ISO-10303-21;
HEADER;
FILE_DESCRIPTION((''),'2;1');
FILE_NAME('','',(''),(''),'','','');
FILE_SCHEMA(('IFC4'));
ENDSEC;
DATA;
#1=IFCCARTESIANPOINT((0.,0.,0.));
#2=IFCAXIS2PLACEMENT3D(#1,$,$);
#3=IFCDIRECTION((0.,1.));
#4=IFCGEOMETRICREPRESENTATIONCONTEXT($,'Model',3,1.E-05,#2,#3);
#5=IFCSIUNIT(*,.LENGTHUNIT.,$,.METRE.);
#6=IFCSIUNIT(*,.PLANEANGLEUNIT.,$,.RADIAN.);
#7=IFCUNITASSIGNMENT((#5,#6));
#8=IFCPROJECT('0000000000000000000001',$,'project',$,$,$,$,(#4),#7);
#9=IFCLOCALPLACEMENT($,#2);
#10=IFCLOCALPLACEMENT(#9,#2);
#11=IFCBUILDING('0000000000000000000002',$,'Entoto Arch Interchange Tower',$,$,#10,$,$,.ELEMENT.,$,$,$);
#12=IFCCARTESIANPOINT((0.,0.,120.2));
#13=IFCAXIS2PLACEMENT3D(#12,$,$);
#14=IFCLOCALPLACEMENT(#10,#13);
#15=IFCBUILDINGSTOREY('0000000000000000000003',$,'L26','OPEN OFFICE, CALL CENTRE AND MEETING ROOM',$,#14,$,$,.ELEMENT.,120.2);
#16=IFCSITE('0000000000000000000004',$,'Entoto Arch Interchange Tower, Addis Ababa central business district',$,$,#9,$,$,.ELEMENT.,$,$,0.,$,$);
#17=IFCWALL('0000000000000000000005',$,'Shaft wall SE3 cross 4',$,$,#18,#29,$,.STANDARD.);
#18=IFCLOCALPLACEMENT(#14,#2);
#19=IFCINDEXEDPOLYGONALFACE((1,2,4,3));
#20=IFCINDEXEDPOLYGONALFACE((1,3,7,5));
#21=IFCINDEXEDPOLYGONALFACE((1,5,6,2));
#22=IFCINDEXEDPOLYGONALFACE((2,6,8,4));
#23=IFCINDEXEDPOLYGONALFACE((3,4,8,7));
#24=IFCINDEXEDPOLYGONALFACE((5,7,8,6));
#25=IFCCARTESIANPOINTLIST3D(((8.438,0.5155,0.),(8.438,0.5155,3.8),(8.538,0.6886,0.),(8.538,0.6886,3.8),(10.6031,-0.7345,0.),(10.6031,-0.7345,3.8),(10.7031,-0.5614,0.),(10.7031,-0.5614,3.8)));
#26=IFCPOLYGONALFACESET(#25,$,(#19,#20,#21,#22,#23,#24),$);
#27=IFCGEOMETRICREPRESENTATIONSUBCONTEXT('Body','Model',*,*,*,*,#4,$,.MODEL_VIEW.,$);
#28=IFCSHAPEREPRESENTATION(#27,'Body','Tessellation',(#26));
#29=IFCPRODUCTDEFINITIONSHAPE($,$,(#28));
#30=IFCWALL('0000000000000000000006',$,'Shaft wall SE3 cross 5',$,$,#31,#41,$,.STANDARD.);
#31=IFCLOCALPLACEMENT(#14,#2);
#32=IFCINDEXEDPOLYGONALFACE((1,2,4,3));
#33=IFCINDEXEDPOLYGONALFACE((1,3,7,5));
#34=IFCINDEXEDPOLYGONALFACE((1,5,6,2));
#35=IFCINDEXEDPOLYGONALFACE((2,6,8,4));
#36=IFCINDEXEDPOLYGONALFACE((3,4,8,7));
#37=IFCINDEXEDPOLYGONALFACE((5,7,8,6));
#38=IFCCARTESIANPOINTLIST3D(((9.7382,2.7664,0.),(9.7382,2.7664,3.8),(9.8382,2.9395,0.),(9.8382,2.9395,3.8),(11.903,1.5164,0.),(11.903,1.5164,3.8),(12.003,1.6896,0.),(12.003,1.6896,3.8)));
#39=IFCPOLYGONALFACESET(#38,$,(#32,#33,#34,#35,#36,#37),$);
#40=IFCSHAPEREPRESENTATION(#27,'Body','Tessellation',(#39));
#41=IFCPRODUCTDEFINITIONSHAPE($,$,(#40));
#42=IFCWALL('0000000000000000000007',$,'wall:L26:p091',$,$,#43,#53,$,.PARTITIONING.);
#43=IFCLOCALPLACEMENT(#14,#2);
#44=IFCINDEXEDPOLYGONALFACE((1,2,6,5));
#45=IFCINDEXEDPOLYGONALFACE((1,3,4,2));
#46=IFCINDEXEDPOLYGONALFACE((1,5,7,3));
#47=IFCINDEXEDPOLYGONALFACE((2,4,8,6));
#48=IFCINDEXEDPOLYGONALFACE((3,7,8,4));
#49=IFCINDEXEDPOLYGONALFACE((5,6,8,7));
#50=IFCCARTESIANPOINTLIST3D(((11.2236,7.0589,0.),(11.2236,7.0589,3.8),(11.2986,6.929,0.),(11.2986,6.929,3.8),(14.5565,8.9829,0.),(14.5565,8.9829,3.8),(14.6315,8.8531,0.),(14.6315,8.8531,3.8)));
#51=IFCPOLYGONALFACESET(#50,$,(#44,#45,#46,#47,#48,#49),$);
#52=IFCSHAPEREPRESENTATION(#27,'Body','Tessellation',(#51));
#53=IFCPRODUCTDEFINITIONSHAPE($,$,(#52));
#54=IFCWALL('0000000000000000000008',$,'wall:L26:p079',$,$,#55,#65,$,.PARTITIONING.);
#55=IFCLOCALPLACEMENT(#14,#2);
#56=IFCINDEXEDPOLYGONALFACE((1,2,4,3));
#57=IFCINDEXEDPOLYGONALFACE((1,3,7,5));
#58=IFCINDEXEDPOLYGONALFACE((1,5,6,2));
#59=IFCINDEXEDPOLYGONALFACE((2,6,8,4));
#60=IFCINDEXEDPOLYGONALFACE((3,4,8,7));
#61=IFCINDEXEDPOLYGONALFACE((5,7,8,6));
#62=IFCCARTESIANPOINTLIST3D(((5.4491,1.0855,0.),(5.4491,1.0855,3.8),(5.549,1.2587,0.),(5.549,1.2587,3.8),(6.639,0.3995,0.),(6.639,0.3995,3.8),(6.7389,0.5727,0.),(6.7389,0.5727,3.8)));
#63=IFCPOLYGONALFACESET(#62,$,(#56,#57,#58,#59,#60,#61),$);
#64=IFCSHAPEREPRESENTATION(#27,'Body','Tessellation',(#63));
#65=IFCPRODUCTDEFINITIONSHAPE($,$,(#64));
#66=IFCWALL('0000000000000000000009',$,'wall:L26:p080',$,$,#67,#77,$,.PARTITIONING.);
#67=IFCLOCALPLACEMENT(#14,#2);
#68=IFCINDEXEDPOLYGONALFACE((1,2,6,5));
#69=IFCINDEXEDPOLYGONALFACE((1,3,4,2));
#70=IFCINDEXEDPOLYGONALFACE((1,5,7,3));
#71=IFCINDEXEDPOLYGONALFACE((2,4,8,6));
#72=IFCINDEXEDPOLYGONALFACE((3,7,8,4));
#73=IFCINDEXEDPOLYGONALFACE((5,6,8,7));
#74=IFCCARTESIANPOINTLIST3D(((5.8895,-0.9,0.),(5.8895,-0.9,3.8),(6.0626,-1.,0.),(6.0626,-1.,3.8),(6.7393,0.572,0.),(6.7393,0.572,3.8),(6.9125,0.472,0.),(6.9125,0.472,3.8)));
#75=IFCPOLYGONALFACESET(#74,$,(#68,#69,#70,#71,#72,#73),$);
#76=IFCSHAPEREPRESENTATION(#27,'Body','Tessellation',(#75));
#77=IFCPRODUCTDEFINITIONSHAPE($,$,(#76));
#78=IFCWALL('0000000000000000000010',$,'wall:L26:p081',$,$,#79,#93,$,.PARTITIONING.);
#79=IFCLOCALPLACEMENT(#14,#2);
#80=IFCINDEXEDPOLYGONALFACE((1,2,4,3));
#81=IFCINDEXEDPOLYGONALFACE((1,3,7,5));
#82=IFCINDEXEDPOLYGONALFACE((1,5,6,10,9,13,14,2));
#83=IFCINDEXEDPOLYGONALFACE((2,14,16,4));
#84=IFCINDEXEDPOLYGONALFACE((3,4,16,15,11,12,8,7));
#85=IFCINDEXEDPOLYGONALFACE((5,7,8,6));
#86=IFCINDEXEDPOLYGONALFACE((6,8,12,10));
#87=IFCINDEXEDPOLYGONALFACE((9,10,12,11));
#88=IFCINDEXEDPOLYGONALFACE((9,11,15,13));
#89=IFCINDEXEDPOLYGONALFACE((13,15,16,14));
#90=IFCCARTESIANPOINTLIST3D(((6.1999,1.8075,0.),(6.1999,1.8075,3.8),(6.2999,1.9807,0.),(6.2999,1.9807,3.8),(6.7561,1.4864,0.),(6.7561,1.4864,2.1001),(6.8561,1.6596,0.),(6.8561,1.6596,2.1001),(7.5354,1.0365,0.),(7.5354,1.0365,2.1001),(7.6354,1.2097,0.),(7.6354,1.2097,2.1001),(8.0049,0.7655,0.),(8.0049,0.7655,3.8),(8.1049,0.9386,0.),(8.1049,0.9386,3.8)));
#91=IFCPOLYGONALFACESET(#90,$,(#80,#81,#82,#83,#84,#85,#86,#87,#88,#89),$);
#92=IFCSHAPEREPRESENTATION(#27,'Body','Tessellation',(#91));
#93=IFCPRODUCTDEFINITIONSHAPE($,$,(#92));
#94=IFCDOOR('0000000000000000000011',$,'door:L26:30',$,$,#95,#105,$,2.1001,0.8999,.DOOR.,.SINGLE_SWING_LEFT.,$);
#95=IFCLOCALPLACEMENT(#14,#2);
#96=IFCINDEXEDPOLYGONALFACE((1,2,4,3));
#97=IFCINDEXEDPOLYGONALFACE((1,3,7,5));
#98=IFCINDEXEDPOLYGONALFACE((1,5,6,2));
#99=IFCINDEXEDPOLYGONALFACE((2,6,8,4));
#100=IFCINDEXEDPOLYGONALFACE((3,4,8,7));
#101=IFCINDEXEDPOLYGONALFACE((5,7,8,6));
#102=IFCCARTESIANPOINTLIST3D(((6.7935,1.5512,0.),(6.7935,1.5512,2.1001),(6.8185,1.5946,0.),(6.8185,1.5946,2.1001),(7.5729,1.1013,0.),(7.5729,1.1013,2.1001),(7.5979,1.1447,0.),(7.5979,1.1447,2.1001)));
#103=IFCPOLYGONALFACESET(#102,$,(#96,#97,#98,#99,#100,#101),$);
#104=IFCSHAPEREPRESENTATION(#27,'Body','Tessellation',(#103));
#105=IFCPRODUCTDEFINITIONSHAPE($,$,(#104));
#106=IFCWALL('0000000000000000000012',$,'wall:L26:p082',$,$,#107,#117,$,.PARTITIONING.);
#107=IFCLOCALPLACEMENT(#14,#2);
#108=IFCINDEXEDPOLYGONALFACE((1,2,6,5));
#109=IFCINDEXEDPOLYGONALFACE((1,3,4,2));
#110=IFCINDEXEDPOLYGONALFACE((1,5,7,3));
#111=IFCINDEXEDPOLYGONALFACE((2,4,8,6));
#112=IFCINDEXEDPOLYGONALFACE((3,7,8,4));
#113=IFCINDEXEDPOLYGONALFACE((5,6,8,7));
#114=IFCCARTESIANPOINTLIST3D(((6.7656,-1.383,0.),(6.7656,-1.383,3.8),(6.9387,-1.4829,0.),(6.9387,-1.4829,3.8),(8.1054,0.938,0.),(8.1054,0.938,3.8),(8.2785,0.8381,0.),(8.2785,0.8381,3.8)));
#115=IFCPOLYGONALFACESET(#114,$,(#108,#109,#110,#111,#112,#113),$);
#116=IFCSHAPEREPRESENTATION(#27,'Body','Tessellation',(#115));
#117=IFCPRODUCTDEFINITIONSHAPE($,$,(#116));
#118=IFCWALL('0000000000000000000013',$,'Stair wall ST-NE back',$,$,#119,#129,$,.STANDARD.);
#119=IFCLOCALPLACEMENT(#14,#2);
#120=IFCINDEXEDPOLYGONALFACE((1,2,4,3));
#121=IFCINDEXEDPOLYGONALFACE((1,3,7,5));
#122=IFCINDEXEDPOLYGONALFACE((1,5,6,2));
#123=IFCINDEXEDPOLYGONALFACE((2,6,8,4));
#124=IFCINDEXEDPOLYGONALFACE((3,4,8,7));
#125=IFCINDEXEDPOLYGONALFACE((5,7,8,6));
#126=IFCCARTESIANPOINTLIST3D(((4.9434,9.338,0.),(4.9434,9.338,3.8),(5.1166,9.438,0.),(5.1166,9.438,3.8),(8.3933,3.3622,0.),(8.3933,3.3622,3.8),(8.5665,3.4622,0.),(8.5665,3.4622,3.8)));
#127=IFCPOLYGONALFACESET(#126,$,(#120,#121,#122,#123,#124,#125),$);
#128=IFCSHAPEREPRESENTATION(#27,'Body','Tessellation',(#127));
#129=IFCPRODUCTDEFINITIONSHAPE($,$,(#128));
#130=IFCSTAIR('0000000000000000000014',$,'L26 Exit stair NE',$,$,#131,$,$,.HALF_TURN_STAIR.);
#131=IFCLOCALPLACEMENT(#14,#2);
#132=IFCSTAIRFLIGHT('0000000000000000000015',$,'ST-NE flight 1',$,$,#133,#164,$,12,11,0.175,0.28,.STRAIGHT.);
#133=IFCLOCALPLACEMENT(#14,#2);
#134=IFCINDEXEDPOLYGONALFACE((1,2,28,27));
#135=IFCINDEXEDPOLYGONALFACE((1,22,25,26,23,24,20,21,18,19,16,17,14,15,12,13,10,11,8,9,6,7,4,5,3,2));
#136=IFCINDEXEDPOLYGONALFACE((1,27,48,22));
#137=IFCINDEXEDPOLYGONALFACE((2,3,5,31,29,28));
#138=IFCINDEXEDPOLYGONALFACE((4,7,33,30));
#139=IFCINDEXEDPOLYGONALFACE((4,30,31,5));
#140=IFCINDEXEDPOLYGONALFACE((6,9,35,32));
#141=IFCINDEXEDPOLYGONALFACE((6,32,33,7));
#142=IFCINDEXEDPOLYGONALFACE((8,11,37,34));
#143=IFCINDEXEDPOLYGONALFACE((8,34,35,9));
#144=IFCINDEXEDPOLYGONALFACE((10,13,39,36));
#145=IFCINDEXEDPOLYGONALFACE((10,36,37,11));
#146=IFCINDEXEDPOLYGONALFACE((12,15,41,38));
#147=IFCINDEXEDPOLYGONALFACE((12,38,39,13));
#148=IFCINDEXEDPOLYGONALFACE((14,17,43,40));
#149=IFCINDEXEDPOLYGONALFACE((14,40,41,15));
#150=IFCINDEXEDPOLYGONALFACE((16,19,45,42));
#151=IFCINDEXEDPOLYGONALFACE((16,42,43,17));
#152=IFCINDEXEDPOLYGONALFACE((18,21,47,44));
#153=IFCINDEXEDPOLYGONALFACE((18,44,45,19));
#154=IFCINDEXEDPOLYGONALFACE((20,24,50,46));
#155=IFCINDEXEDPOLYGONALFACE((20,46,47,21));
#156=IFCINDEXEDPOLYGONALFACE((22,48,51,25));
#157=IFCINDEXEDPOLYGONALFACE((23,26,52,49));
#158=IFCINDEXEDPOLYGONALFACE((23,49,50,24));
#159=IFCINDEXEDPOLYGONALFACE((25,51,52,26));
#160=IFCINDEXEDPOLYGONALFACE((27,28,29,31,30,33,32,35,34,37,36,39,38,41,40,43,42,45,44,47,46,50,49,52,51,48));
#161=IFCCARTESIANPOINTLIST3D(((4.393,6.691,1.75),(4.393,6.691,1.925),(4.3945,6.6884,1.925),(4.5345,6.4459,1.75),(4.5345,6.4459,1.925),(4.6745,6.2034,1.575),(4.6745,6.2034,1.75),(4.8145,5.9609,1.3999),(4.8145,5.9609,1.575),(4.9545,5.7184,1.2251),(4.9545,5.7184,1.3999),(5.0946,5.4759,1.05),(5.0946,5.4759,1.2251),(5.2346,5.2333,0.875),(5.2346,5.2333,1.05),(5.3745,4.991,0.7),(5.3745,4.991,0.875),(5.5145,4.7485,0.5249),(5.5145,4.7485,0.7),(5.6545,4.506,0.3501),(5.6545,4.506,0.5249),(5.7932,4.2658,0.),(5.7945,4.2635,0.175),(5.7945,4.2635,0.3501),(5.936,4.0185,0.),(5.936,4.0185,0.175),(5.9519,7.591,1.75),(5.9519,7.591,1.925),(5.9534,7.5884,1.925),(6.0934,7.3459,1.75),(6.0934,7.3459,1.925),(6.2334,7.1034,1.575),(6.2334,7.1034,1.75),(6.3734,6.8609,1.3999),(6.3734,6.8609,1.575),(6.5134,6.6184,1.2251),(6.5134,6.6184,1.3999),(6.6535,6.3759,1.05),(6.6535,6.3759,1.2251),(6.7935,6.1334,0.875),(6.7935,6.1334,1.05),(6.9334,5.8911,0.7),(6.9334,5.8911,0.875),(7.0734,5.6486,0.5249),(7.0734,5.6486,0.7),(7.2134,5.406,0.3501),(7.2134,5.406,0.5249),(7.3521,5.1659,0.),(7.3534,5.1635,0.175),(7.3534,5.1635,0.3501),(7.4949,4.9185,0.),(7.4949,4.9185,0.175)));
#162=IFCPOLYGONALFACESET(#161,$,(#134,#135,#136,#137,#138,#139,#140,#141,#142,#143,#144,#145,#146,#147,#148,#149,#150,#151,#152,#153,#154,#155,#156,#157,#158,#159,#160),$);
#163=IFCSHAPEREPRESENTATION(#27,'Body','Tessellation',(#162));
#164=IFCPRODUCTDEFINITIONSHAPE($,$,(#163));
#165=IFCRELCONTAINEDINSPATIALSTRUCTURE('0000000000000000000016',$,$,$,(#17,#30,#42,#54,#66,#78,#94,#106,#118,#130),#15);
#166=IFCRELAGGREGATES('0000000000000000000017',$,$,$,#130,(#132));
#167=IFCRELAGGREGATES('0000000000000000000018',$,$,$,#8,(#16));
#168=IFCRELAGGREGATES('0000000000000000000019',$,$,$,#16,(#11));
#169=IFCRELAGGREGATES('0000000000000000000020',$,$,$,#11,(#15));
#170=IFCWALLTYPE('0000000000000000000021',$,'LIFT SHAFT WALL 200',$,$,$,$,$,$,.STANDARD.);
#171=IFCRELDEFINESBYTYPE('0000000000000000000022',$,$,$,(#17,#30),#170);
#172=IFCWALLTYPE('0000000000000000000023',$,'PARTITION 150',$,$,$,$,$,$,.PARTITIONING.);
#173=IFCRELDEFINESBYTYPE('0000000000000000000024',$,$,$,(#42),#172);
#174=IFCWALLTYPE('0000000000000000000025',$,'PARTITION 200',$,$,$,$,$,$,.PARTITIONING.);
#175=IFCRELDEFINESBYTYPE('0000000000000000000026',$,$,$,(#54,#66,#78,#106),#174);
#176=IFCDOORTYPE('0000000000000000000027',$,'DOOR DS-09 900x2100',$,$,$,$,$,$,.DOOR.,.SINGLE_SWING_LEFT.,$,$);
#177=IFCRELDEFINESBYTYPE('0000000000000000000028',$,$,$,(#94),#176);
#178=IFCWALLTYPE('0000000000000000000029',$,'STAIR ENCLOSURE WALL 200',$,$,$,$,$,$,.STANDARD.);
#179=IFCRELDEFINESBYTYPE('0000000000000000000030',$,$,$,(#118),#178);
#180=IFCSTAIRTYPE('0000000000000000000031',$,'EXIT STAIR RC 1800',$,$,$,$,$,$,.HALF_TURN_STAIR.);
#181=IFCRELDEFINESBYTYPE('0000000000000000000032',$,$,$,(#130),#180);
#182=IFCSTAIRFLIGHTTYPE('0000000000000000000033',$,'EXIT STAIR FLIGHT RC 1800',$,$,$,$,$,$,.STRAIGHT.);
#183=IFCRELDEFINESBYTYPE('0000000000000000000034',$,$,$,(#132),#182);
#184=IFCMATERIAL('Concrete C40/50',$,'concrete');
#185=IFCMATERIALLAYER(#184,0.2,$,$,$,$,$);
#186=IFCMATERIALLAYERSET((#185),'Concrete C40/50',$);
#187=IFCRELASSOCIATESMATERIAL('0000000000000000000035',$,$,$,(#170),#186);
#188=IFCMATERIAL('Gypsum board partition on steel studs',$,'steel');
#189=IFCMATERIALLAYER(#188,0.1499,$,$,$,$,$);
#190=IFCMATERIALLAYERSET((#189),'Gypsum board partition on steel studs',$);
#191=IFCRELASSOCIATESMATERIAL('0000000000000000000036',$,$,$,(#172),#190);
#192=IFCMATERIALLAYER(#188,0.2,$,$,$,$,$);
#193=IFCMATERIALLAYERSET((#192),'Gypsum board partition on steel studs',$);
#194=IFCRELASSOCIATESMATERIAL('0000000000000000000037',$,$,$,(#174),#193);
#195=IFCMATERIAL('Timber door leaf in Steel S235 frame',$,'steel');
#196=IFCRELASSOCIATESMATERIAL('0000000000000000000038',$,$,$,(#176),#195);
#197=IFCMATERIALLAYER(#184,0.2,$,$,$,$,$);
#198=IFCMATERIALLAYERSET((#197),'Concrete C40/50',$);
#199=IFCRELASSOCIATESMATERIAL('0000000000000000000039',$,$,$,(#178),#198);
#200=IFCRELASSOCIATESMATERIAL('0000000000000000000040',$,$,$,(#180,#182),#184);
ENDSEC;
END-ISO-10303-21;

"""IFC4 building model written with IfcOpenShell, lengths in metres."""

from ifc_helpers import new_model, si_unit, direction, frame, frame_2d, origin, place, context, subcontext, project, spatial, polyline, rectangle, outline, extrude, material, layer, layer_set, type_object, element, fill, aggregate, save


model = new_model("IFC4")

# Units and contexts
model_context = context("Model", 3, precision=1e-05, world=origin(), true_north=direction((0.0, 1.0)))
body_context = subcontext(model_context, "Body", "Model", "MODEL_VIEW")
ifc_project = project(units=[si_unit("LENGTHUNIT", "METRE"), si_unit("PLANEANGLEUNIT", "RADIAN")], contexts=[model_context])

# Site, building, storey
site_placement = place(None, origin())
site = spatial("IfcSite", under=ifc_project, at=site_placement, Name="Entoto Arch Interchange Tower, Addis Ababa central business district", CompositionType="ELEMENT", RefElevation=0.0)
building_placement = place(site_placement, origin())
building = spatial("IfcBuilding", under=site, at=building_placement, Name="Entoto Arch Interchange Tower", CompositionType="ELEMENT")
storey_placement = place(building_placement, frame((0.0, 0.0, 120.2)))
storey = spatial("IfcBuildingStorey", under=building, at=storey_placement, Name="L26", Description="OPEN OFFICE, CALL CENTRE AND MEETING ROOM", CompositionType="ELEMENT", Elevation=120.2)

# Walls
ifc_material_1 = material(Name="Concrete C40/50", Category="concrete")
ifc_layer_1 = layer(ifc_material_1, 0.2)
ifc_layer_set_1 = layer_set([ifc_layer_1], Name="Concrete C40/50")
wall_type_1 = type_object("IfcWallType", Name="LIFT SHAFT WALL 200", PredefinedType="STANDARD", material=ifc_layer_set_1)
wall_1_placement = place(storey_placement, frame((8.488, 0.6021, 0.0), z_axis=(0.0, 0.0, 1.0), x_axis=(0.866023, -0.500004, 0.0)))
element("IfcWall", 1, at=wall_1_placement, inside=storey, type_object=wall_type_1, Name="Shaft wall SE3 cross 4", PredefinedType="STANDARD", context=body_context, shape_type="SweptSolid", body=[
    extrude(rectangle(XDim=2.5, YDim=0.2, at=frame_2d((1.25, 0.0))), origin(), (0.0, 0.0, 1.0), 3.8),
])
wall_2_placement = place(storey_placement, frame((9.7881, 2.853, 0.0), z_axis=(0.0, 0.0, 1.0), x_axis=(0.865999, -0.500047, 0.0)))
element("IfcWall", 2, at=wall_2_placement, inside=storey, type_object=wall_type_1, Name="Shaft wall SE3 cross 5", PredefinedType="STANDARD", context=body_context, shape_type="SweptSolid", body=[
    extrude(rectangle(XDim=2.4998, YDim=0.2, at=frame_2d((1.25, 0.0))), origin(), (0.0, 0.0, 1.0), 3.8),
])
ifc_material_2 = material(Name="Gypsum board partition on steel studs", Category="steel")
ifc_layer_2 = layer(ifc_material_2, 0.1499)
ifc_layer_set_2 = layer_set([ifc_layer_2], Name="Gypsum board partition on steel studs")
wall_type_2 = type_object("IfcWallType", Name="PARTITION 150", PredefinedType="PARTITIONING", material=ifc_layer_set_2)
wall_3_placement = place(storey_placement, frame((11.261, 6.9939, 0.0), z_axis=(0.0, 0.0, 1.0), x_axis=(0.866052, 0.499953, 0.0)))
element("IfcWall", 3, at=wall_3_placement, inside=storey, type_object=wall_type_2, Name="wall:L26:p091", PredefinedType="PARTITIONING", context=body_context, shape_type="SweptSolid", body=[
    extrude(rectangle(XDim=3.8484, YDim=0.1499, at=frame_2d((1.9243, 0.0))), origin(), (0.0, 0.0, 1.0), 3.8),
])
ifc_layer_3 = layer(ifc_material_2, 0.2)
ifc_layer_set_3 = layer_set([ifc_layer_3], Name="Gypsum board partition on steel studs")
wall_type_3 = type_object("IfcWallType", Name="PARTITION 200", PredefinedType="PARTITIONING", material=ifc_layer_set_3)
wall_4_placement = place(storey_placement, frame((5.499, 1.1721, 0.0), z_axis=(0.0, 0.0, 1.0), x_axis=(0.866334, -0.499466, 0.0)))
element("IfcWall", 4, at=wall_4_placement, inside=storey, type_object=wall_type_3, Name="wall:L26:p079", PredefinedType="PARTITIONING", context=body_context, shape_type="SweptSolid", body=[
    extrude(rectangle(XDim=1.3735, YDim=0.2, at=frame_2d((0.6868, 0.0))), origin(), (0.0, 0.0, 1.0), 3.8),
])
wall_5_placement = place(storey_placement, frame((6.8259, 0.522, 0.0), z_axis=(0.0, 0.0, 1.0), x_axis=(-0.500017, -0.866016, 0.0)))
element("IfcWall", 5, at=wall_5_placement, inside=storey, type_object=wall_type_3, Name="wall:L26:p080", PredefinedType="PARTITIONING", context=body_context, shape_type="SweptSolid", body=[
    extrude(rectangle(XDim=1.6997, YDim=0.2, at=frame_2d((0.8499, 0.0))), origin(), (0.0, 0.0, 1.0), 3.8),
])

# Wall, opening, door
wall_6_placement = place(storey_placement, frame((6.25, 1.894, 0.0), z_axis=(0.0, 0.0, 1.0), x_axis=(0.866043, -0.499969, 0.0)))
wall_6 = element("IfcWall", 6, at=wall_6_placement, inside=storey, type_object=wall_type_3, Name="wall:L26:p081", PredefinedType="PARTITIONING", context=body_context, shape_type="SweptSolid", body=[
    extrude(rectangle(XDim=2.0842, YDim=0.2, at=frame_2d((1.042, 0.0))), origin(), (0.0, 0.0, 1.0), 3.8),
])
opening_placement = place(wall_6_placement, frame((0.6421, 0.0, 0.0)))
opening = element("IfcOpeningElement", 7, at=opening_placement, cuts=wall_6, PredefinedType="OPENING", context=body_context, shape_type="SweptSolid", body=[
    extrude(rectangle(XDim=0.8999, YDim=2.1001, at=frame_2d((0.45, 1.05))), frame((0.0, 0.1099, 0.0), z_axis=(0.0, -1.0, 0.0), x_axis=(1.0, 0.0, 0.0)), (0.0, 0.0, 1.0), 0.22),
])
ifc_material_3 = material(Name="Timber door leaf in Steel S235 frame", Category="steel")
door_type = type_object("IfcDoorType", Name="DOOR DS-09 900x2100", OperationType="SINGLE_SWING_LEFT", PredefinedType="DOOR", material=ifc_material_3)
door_placement = place(opening_placement, origin())
door = element("IfcDoor", 8, at=door_placement, inside=storey, type_object=door_type, Name="door:L26:30", OperationType="SINGLE_SWING_LEFT", OverallHeight=2.1001, OverallWidth=0.8999, PredefinedType="DOOR", context=body_context, shape_type="SweptSolid", body=[
    extrude(rectangle(XDim=0.8999, YDim=2.1001, at=frame_2d((0.45, 1.05))), frame((0.0, 0.0249, 0.0), z_axis=(0.0, -1.0, 0.0), x_axis=(1.0, 0.0, 0.0)), (0.0, 0.0, 1.0), 0.05),
])
fill(opening, door)

# Walls
wall_7_placement = place(storey_placement, frame((8.1919, 0.8879, 0.0), z_axis=(0.0, 0.0, 1.0), x_axis=(-0.499941, -0.86606, 0.0)))
element("IfcWall", 9, at=wall_7_placement, inside=storey, type_object=wall_type_3, Name="wall:L26:p082", PredefinedType="PARTITIONING", context=body_context, shape_type="SweptSolid", body=[
    extrude(rectangle(XDim=2.6799, YDim=0.2, at=frame_2d((1.3398, 0.0))), origin(), (0.0, 0.0, 1.0), 3.8),
])
ifc_layer_4 = layer(ifc_material_1, 0.2)
ifc_layer_set_4 = layer_set([ifc_layer_4], Name="Concrete C40/50")
wall_type_4 = type_object("IfcWallType", Name="STAIR ENCLOSURE WALL 200", PredefinedType="STANDARD", material=ifc_layer_set_4)
wall_8_placement = place(storey_placement, frame((8.48, 3.4121, 0.0), z_axis=(0.0, 0.0, 1.0), x_axis=(-0.499979, 0.866038, 0.0)))
element("IfcWall", 10, at=wall_8_placement, inside=storey, type_object=wall_type_4, Name="Stair wall ST-NE back", PredefinedType="STANDARD", context=body_context, shape_type="SweptSolid", body=[
    extrude(rectangle(XDim=6.9001, YDim=0.2, at=frame_2d((3.4502, 0.0))), origin(), (0.0, 0.0, 1.0), 3.8),
])

# Stair, stair flight
stair_type = type_object("IfcStairType", Name="EXIT STAIR RC 1800", PredefinedType="HALF_TURN_STAIR", material=ifc_material_1)
stair_placement = place(storey_placement, origin())
stair = element("IfcStair", 11, at=stair_placement, inside=storey, type_object=stair_type, Name="L26 Exit stair NE", PredefinedType="HALF_TURN_STAIR")
stair_flight_type = type_object("IfcStairFlightType", Name="EXIT STAIR FLIGHT RC 1800", PredefinedType="STRAIGHT", material=ifc_material_1)
stair_flight_placement = place(storey_placement, frame((6.7139, 4.4709, 0.0), z_axis=(0.0, 0.0, 1.0), x_axis=(-0.5, 0.866025, 0.0)))
stair_flight = element("IfcStairFlight", 12, at=stair_flight_placement, type_object=stair_flight_type, Name="ST-NE flight 1", NumberOfRisers=12, NumberOfTreads=11, PredefinedType="STRAIGHT", RiserHeight=0.175, TreadLength=0.28, context=body_context, shape_type="SweptSolid", body=[
    extrude(outline(polyline([(-0.0029, 0.0), (-0.0029, 0.175), (0.28, 0.175), (0.28, 0.3501), (0.5601, 0.3501), (0.5601, 0.5249), (0.8401, 0.5249), (0.8401, 0.7), (1.1201, 0.7), (1.1201, 0.875), (1.3999, 0.875), (1.3999, 1.05), (1.6799, 1.05), (1.6799, 1.2251), (1.96, 1.2251), (1.96, 1.3999), (2.24, 1.3999), (2.24, 1.575), (2.52, 1.575), (2.52, 1.75), (2.8, 1.75), (2.8, 1.925), (3.0801, 1.925), (3.083, 1.925), (3.083, 1.75), (0.2827, 0.0), (-0.0029, 0.0)])), frame((0.0, 0.8999, 0.0), z_axis=(0.0, -1.0, 0.0), x_axis=(1.0, 0.0, 0.0)), (0.0, 0.0, 1.0), 1.8),
])
aggregate(stair, [stair_flight])

save(model, "model.ifc")
